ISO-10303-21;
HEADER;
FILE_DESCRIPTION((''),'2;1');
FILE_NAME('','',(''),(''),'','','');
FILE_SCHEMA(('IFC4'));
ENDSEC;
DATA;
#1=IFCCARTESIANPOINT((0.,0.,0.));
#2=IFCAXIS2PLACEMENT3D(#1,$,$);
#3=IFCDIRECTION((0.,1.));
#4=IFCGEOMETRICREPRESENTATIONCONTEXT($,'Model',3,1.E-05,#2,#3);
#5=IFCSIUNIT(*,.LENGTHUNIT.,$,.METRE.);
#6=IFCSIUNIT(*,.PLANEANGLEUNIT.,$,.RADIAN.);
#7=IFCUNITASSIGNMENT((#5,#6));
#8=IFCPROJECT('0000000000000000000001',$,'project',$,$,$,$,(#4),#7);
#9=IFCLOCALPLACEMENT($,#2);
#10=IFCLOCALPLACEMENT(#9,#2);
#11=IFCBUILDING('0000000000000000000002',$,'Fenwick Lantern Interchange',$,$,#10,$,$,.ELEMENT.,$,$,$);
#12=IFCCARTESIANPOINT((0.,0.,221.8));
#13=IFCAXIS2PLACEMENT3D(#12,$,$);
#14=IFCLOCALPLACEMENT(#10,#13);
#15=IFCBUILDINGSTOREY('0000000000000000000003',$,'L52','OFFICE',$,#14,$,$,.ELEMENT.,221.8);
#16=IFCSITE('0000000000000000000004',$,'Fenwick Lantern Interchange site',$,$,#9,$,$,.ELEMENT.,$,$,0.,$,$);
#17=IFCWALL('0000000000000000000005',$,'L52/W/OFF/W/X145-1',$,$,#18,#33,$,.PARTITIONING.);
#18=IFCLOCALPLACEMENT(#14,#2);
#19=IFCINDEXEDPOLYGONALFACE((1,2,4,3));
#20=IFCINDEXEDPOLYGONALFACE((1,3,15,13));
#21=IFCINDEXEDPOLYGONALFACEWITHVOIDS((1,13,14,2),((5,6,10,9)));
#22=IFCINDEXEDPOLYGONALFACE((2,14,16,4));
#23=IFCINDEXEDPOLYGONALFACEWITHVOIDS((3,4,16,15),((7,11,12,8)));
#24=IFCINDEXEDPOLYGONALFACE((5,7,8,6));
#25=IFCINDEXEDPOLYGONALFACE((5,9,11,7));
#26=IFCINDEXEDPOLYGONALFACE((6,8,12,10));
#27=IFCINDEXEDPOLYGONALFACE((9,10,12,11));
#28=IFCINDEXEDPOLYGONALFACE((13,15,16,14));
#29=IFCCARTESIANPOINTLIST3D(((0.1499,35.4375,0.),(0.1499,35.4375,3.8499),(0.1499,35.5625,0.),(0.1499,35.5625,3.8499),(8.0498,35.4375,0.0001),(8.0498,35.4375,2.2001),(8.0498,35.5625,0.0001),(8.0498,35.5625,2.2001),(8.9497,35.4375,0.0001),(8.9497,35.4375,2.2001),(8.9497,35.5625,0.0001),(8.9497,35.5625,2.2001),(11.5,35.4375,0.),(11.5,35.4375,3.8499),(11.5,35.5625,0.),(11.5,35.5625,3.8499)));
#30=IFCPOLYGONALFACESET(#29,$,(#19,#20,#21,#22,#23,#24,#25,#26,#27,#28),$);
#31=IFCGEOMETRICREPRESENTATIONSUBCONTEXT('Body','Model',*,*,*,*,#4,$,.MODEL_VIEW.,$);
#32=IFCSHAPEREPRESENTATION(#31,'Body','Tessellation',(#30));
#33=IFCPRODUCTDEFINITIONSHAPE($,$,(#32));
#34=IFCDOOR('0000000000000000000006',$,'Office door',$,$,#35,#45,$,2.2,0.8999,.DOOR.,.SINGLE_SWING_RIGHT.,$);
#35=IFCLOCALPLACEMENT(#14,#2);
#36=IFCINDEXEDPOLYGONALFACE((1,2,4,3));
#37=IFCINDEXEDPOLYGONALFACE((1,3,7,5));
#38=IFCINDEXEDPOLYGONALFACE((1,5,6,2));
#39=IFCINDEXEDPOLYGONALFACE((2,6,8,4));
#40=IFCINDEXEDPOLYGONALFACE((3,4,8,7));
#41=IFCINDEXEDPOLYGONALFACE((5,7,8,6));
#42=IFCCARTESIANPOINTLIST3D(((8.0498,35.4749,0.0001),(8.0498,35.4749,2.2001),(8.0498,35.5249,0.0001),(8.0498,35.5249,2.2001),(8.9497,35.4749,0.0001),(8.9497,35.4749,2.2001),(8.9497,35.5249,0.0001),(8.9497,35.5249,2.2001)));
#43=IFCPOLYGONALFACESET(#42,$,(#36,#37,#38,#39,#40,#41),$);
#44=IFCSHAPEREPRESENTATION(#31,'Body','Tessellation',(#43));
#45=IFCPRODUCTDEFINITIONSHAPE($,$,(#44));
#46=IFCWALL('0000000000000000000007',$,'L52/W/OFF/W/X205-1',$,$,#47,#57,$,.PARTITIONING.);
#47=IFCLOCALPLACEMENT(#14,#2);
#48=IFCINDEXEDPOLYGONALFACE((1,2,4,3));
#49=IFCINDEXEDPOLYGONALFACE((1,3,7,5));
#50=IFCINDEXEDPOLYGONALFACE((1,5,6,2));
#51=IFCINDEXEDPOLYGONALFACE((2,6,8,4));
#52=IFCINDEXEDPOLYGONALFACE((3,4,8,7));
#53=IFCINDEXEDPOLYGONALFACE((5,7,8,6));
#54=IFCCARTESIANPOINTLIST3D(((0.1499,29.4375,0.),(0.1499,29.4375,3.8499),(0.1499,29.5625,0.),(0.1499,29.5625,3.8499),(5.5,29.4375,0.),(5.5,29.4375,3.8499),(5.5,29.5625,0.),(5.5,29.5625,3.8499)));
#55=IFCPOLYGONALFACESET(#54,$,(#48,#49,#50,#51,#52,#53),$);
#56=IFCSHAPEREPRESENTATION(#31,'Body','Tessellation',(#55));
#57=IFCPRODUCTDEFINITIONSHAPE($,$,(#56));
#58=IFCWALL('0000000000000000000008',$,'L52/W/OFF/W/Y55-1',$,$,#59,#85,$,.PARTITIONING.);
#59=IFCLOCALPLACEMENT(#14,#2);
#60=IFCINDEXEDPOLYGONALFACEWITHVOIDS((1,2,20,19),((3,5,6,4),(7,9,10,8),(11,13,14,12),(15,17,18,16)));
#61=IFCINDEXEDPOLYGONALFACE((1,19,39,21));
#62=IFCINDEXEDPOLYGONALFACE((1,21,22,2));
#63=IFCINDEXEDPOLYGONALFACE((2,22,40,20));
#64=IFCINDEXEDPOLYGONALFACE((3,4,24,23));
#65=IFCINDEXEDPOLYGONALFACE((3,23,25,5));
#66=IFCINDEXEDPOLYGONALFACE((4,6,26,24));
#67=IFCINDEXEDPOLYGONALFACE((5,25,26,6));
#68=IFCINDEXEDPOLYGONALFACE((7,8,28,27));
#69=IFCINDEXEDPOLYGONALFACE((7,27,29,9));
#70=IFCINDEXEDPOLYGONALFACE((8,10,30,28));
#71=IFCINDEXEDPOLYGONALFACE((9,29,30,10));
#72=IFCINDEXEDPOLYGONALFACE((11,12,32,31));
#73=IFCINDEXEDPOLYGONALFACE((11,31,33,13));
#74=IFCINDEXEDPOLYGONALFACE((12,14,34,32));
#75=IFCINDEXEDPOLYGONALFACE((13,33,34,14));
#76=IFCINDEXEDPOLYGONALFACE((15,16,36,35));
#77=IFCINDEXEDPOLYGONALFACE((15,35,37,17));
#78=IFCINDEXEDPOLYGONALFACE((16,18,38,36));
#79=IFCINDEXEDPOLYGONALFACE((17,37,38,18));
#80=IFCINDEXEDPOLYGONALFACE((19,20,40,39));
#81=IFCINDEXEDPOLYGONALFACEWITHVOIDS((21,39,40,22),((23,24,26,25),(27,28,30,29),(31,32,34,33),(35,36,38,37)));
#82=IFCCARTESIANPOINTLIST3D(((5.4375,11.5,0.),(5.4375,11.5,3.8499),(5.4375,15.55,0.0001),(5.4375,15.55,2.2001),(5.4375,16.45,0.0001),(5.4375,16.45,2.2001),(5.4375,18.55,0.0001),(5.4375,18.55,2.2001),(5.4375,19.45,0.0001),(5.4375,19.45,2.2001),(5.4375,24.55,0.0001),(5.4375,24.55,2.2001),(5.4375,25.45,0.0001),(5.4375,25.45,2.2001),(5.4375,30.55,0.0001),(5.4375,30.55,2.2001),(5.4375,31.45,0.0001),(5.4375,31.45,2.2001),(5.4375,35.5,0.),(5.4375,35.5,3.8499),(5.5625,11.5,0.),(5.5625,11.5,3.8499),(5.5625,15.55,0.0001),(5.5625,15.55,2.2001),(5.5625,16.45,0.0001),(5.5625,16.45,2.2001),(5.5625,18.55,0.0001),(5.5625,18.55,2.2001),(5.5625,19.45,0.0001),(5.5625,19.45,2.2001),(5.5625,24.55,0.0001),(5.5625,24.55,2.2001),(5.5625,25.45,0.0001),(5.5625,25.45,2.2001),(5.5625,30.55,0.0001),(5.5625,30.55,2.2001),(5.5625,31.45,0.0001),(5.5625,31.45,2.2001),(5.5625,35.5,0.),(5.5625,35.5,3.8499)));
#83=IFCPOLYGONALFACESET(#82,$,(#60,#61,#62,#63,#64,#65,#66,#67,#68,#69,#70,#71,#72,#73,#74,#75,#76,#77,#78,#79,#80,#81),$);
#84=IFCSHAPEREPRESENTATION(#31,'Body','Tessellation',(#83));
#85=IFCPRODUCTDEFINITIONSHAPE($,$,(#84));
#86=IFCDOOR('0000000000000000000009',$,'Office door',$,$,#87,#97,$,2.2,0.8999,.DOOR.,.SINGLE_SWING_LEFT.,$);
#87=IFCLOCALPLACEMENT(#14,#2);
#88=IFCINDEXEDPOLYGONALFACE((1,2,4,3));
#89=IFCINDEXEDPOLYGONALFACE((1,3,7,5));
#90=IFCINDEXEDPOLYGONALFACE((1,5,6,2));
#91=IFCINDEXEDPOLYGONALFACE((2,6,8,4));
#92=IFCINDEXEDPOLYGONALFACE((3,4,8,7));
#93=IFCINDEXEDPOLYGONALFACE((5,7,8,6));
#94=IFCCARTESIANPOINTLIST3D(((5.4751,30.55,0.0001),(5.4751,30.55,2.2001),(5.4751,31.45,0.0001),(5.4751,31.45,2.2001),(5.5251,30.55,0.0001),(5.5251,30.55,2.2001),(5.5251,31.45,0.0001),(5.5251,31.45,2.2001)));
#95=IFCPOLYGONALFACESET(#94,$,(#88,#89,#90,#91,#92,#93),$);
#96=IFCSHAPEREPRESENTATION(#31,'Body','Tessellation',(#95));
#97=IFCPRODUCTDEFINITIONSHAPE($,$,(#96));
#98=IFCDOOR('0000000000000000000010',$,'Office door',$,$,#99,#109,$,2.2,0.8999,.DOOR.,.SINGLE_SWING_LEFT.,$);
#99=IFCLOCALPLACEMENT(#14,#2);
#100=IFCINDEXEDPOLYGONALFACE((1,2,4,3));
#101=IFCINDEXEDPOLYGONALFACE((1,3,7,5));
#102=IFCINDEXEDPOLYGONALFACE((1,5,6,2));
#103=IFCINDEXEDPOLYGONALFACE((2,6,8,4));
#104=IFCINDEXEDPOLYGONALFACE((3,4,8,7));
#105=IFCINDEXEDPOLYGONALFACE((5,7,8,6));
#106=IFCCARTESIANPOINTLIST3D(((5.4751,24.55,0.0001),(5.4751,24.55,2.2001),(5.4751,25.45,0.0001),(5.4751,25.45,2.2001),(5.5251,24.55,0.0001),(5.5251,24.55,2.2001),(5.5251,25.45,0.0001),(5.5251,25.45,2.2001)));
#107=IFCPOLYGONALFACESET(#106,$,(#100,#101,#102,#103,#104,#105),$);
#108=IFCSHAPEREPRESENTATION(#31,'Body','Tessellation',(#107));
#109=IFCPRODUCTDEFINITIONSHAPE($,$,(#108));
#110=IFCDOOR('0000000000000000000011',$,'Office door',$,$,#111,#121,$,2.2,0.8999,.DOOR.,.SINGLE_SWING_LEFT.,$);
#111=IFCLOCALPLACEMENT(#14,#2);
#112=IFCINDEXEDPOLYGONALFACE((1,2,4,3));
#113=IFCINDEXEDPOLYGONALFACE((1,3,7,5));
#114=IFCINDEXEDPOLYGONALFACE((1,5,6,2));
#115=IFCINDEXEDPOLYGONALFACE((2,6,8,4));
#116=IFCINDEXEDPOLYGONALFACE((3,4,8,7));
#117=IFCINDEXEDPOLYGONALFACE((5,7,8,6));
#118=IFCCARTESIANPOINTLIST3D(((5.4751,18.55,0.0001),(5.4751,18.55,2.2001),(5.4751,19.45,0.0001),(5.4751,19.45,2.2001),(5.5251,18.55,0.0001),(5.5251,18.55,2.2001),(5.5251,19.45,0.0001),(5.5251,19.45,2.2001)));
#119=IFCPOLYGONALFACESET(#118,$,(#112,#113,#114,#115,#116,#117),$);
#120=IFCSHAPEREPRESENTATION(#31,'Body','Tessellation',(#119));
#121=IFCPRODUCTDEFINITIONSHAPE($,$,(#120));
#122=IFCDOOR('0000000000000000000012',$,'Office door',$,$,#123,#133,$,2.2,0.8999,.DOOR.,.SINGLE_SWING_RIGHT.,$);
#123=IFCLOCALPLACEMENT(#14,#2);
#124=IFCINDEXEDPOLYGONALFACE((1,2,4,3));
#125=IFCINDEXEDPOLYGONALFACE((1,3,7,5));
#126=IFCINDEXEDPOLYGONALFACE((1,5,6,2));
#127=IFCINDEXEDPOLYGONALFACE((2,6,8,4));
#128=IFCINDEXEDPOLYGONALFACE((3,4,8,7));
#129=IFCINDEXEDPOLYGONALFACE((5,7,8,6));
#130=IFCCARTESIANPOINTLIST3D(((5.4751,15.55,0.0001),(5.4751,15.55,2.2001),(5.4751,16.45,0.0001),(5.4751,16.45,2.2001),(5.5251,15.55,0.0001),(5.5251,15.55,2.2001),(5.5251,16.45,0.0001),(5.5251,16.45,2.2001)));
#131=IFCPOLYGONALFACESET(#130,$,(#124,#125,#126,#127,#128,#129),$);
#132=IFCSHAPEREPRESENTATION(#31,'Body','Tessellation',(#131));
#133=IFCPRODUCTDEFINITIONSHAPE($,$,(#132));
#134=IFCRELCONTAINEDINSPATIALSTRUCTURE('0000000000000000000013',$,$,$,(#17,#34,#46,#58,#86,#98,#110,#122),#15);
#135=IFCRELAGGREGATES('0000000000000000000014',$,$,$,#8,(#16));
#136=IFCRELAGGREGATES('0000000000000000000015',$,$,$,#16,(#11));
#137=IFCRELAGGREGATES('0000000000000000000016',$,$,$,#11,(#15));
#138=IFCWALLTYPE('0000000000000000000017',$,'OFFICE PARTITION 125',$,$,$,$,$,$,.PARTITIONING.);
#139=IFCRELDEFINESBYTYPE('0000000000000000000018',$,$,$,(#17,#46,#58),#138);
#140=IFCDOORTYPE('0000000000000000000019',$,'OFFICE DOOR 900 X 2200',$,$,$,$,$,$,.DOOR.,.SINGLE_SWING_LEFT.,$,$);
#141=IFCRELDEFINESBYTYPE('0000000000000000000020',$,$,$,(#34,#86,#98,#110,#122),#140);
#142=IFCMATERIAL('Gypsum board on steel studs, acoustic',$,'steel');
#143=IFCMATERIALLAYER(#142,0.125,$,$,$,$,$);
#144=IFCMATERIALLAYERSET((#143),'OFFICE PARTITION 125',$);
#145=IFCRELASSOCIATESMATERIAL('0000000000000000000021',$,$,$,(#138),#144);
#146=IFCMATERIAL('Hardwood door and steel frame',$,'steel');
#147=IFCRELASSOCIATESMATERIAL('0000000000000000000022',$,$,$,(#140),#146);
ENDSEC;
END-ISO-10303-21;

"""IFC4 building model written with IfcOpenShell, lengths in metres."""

from ifc_helpers import new_model, si_unit, direction, frame, frame_2d, origin, place, context, subcontext, project, spatial, rectangle, extrude, material, layer, layer_set, type_object, element, fill, save


model = new_model("IFC4")

# Units and contexts
model_context = context("Model", 3, precision=1e-05, world=origin(), true_north=direction((0.0, 1.0)))
body_context = subcontext(model_context, "Body", "Model", "MODEL_VIEW")
ifc_project = project(units=[si_unit("LENGTHUNIT", "METRE"), si_unit("PLANEANGLEUNIT", "RADIAN")], contexts=[model_context])

# Site, building, storey
site_placement = place(None, origin())
site = spatial("IfcSite", under=ifc_project, at=site_placement, Name="Fenwick Lantern Interchange site", CompositionType="ELEMENT", RefElevation=0.0)
building_placement = place(site_placement, origin())
building = spatial("IfcBuilding", under=site, at=building_placement, Name="Fenwick Lantern Interchange", CompositionType="ELEMENT")
storey_placement = place(building_placement, frame((0.0, 0.0, 221.8)))
storey = spatial("IfcBuildingStorey", under=building, at=storey_placement, Name="L52", Description="OFFICE", CompositionType="ELEMENT", Elevation=221.8)

# Shared definitions
ifc_material_1 = material(Name="Hardwood door and steel frame", Category="steel")

# Wall, opening, door
ifc_material_2 = material(Name="Gypsum board on steel studs, acoustic", Category="steel")
ifc_layer_1 = layer(ifc_material_2, 0.125)
ifc_layer_set_1 = layer_set([ifc_layer_1], Name="OFFICE PARTITION 125")
wall_type_1 = type_object("IfcWallType", Name="OFFICE PARTITION 125", PredefinedType="PARTITIONING", material=ifc_layer_set_1)
wall_1_placement = place(storey_placement, frame((0.1499, 35.5, 0.0), z_axis=(0.0, 0.0, 1.0), x_axis=(1.0, 0.0, 0.0)))
wall_1 = element("IfcWall", 1, at=wall_1_placement, inside=storey, type_object=wall_type_1, Name="L52/W/OFF/W/X145-1", PredefinedType="PARTITIONING", context=body_context, shape_type="SweptSolid", body=[
    extrude(rectangle(XDim=11.3501, YDim=0.125, at=frame_2d((5.675, 0.0))), origin(), (0.0, 0.0, 1.0), 3.8499),
])
opening_1_placement = place(wall_1_placement, frame((7.8999, 0.0, 0.0)))
opening_1 = element("IfcOpeningElement", 2, at=opening_1_placement, cuts=wall_1, PredefinedType="OPENING", context=body_context, shape_type="SweptSolid", body=[
    extrude(rectangle(XDim=0.8999, YDim=2.2, at=frame_2d((0.45, 1.1001))), frame((0.0, 0.0725, 0.0), z_axis=(0.0, -1.0, 0.0), x_axis=(1.0, 0.0, 0.0)), (0.0, 0.0, 1.0), 0.145),
])
door_type_1 = type_object("IfcDoorType", Name="OFFICE DOOR 900 X 2200", OperationType="SINGLE_SWING_LEFT", PredefinedType="DOOR", material=ifc_material_1)
door_1_placement = place(opening_1_placement, origin())
door_1 = element("IfcDoor", 3, at=door_1_placement, inside=storey, type_object=door_type_1, Name="Office door", OperationType="SINGLE_SWING_RIGHT", OverallHeight=2.2, OverallWidth=0.8999, PredefinedType="DOOR", context=body_context, shape_type="SweptSolid", body=[
    extrude(rectangle(XDim=0.8999, YDim=2.2, at=frame_2d((0.45, 1.1001))), frame((0.0, 0.0249, 0.0), z_axis=(0.0, -1.0, 0.0), x_axis=(1.0, 0.0, 0.0)), (0.0, 0.0, 1.0), 0.05),
])
fill(opening_1, door_1)

# Wall
wall_2_placement = place(storey_placement, frame((0.1499, 29.5, 0.0), z_axis=(0.0, 0.0, 1.0), x_axis=(1.0, 0.0, 0.0)))
element("IfcWall", 4, at=wall_2_placement, inside=storey, type_object=wall_type_1, Name="L52/W/OFF/W/X205-1", PredefinedType="PARTITIONING", context=body_context, shape_type="SweptSolid", body=[
    extrude(rectangle(XDim=5.3501, YDim=0.125, at=frame_2d((2.675, 0.0))), origin(), (0.0, 0.0, 1.0), 3.8499),
])

# Wall, openings, doors
wall_3_placement = place(storey_placement, frame((5.5, 35.5, 0.0), z_axis=(0.0, 0.0, 1.0), x_axis=(0.0, -1.0, 0.0)))
wall_3 = element("IfcWall", 5, at=wall_3_placement, inside=storey, type_object=wall_type_1, Name="L52/W/OFF/W/Y55-1", PredefinedType="PARTITIONING", context=body_context, shape_type="SweptSolid", body=[
    extrude(rectangle(XDim=24.0, YDim=0.125, at=frame_2d((12.0, 0.0))), origin(), (0.0, 0.0, 1.0), 3.8499),
])
opening_2_placement = place(wall_3_placement, frame((4.05, 0.0, 0.0)))
opening_2 = element("IfcOpeningElement", 6, at=opening_2_placement, cuts=wall_3, PredefinedType="OPENING", context=body_context, shape_type="SweptSolid", body=[
    extrude(rectangle(XDim=0.8999, YDim=2.2, at=frame_2d((0.45, 1.1001))), frame((0.0, 0.0725, 0.0), z_axis=(0.0, -1.0, 0.0), x_axis=(1.0, 0.0, 0.0)), (0.0, 0.0, 1.0), 0.145),
])
opening_3_placement = place(wall_3_placement, frame((10.05, 0.0, 0.0)))
opening_3 = element("IfcOpeningElement", 7, at=opening_3_placement, cuts=wall_3, PredefinedType="OPENING", context=body_context, shape_type="SweptSolid", body=[
    extrude(rectangle(XDim=0.8999, YDim=2.2, at=frame_2d((0.45, 1.1001))), frame((0.0, 0.0725, 0.0), z_axis=(0.0, -1.0, 0.0), x_axis=(1.0, 0.0, 0.0)), (0.0, 0.0, 1.0), 0.145),
])
opening_4_placement = place(wall_3_placement, frame((16.05, 0.0, 0.0)))
opening_4 = element("IfcOpeningElement", 8, at=opening_4_placement, cuts=wall_3, PredefinedType="OPENING", context=body_context, shape_type="SweptSolid", body=[
    extrude(rectangle(XDim=0.8999, YDim=2.2, at=frame_2d((0.45, 1.1001))), frame((0.0, 0.0725, 0.0), z_axis=(0.0, -1.0, 0.0), x_axis=(1.0, 0.0, 0.0)), (0.0, 0.0, 1.0), 0.145),
])
opening_5_placement = place(wall_3_placement, frame((19.05, 0.0, 0.0)))
opening_5 = element("IfcOpeningElement", 9, at=opening_5_placement, cuts=wall_3, PredefinedType="OPENING", context=body_context, shape_type="SweptSolid", body=[
    extrude(rectangle(XDim=0.8999, YDim=2.2, at=frame_2d((0.45, 1.1001))), frame((0.0, 0.0725, 0.0), z_axis=(0.0, -1.0, 0.0), x_axis=(1.0, 0.0, 0.0)), (0.0, 0.0, 1.0), 0.145),
])
door_2_placement = place(opening_2_placement, frame((0.8999, 0.0, 0.0), z_axis=(0.0, 0.0, 1.0), x_axis=(-1.0, 0.0, 0.0)))
door_2 = element("IfcDoor", 10, at=door_2_placement, inside=storey, type_object=door_type_1, Name="Office door", OperationType="SINGLE_SWING_LEFT", OverallHeight=2.2, OverallWidth=0.8999, PredefinedType="DOOR", context=body_context, shape_type="SweptSolid", body=[
    extrude(rectangle(XDim=0.8999, YDim=2.2, at=frame_2d((0.45, 1.1001))), frame((0.0, 0.0249, 0.0), z_axis=(0.0, -1.0, 0.0), x_axis=(1.0, 0.0, 0.0)), (0.0, 0.0, 1.0), 0.05),
])
fill(opening_2, door_2)
door_3_placement = place(opening_3_placement, frame((0.8999, 0.0, 0.0), z_axis=(0.0, 0.0, 1.0), x_axis=(-1.0, 0.0, 0.0)))
door_3 = element("IfcDoor", 11, at=door_3_placement, inside=storey, type_object=door_type_1, Name="Office door", OperationType="SINGLE_SWING_LEFT", OverallHeight=2.2, OverallWidth=0.8999, PredefinedType="DOOR", context=body_context, shape_type="SweptSolid", body=[
    extrude(rectangle(XDim=0.8999, YDim=2.2, at=frame_2d((0.45, 1.1001))), frame((0.0, 0.0249, 0.0), z_axis=(0.0, -1.0, 0.0), x_axis=(1.0, 0.0, 0.0)), (0.0, 0.0, 1.0), 0.05),
])
fill(opening_3, door_3)
door_4_placement = place(opening_4_placement, frame((0.8999, 0.0, 0.0), z_axis=(0.0, 0.0, 1.0), x_axis=(-1.0, 0.0, 0.0)))
door_4 = element("IfcDoor", 12, at=door_4_placement, inside=storey, type_object=door_type_1, Name="Office door", OperationType="SINGLE_SWING_LEFT", OverallHeight=2.2, OverallWidth=0.8999, PredefinedType="DOOR", context=body_context, shape_type="SweptSolid", body=[
    extrude(rectangle(XDim=0.8999, YDim=2.2, at=frame_2d((0.45, 1.1001))), frame((0.0, 0.0249, 0.0), z_axis=(0.0, -1.0, 0.0), x_axis=(1.0, 0.0, 0.0)), (0.0, 0.0, 1.0), 0.05),
])
fill(opening_4, door_4)
door_5_placement = place(opening_5_placement, frame((0.8999, 0.0, 0.0), z_axis=(0.0, 0.0, 1.0), x_axis=(-1.0, 0.0, 0.0)))
door_5 = element("IfcDoor", 13, at=door_5_placement, inside=storey, type_object=door_type_1, Name="Office door", OperationType="SINGLE_SWING_RIGHT", OverallHeight=2.2, OverallWidth=0.8999, PredefinedType="DOOR", context=body_context, shape_type="SweptSolid", body=[
    extrude(rectangle(XDim=0.8999, YDim=2.2, at=frame_2d((0.45, 1.1001))), frame((0.0, 0.0249, 0.0), z_axis=(0.0, -1.0, 0.0), x_axis=(1.0, 0.0, 0.0)), (0.0, 0.0, 1.0), 0.05),
])
fill(opening_5, door_5)

save(model, "model.ifc")
